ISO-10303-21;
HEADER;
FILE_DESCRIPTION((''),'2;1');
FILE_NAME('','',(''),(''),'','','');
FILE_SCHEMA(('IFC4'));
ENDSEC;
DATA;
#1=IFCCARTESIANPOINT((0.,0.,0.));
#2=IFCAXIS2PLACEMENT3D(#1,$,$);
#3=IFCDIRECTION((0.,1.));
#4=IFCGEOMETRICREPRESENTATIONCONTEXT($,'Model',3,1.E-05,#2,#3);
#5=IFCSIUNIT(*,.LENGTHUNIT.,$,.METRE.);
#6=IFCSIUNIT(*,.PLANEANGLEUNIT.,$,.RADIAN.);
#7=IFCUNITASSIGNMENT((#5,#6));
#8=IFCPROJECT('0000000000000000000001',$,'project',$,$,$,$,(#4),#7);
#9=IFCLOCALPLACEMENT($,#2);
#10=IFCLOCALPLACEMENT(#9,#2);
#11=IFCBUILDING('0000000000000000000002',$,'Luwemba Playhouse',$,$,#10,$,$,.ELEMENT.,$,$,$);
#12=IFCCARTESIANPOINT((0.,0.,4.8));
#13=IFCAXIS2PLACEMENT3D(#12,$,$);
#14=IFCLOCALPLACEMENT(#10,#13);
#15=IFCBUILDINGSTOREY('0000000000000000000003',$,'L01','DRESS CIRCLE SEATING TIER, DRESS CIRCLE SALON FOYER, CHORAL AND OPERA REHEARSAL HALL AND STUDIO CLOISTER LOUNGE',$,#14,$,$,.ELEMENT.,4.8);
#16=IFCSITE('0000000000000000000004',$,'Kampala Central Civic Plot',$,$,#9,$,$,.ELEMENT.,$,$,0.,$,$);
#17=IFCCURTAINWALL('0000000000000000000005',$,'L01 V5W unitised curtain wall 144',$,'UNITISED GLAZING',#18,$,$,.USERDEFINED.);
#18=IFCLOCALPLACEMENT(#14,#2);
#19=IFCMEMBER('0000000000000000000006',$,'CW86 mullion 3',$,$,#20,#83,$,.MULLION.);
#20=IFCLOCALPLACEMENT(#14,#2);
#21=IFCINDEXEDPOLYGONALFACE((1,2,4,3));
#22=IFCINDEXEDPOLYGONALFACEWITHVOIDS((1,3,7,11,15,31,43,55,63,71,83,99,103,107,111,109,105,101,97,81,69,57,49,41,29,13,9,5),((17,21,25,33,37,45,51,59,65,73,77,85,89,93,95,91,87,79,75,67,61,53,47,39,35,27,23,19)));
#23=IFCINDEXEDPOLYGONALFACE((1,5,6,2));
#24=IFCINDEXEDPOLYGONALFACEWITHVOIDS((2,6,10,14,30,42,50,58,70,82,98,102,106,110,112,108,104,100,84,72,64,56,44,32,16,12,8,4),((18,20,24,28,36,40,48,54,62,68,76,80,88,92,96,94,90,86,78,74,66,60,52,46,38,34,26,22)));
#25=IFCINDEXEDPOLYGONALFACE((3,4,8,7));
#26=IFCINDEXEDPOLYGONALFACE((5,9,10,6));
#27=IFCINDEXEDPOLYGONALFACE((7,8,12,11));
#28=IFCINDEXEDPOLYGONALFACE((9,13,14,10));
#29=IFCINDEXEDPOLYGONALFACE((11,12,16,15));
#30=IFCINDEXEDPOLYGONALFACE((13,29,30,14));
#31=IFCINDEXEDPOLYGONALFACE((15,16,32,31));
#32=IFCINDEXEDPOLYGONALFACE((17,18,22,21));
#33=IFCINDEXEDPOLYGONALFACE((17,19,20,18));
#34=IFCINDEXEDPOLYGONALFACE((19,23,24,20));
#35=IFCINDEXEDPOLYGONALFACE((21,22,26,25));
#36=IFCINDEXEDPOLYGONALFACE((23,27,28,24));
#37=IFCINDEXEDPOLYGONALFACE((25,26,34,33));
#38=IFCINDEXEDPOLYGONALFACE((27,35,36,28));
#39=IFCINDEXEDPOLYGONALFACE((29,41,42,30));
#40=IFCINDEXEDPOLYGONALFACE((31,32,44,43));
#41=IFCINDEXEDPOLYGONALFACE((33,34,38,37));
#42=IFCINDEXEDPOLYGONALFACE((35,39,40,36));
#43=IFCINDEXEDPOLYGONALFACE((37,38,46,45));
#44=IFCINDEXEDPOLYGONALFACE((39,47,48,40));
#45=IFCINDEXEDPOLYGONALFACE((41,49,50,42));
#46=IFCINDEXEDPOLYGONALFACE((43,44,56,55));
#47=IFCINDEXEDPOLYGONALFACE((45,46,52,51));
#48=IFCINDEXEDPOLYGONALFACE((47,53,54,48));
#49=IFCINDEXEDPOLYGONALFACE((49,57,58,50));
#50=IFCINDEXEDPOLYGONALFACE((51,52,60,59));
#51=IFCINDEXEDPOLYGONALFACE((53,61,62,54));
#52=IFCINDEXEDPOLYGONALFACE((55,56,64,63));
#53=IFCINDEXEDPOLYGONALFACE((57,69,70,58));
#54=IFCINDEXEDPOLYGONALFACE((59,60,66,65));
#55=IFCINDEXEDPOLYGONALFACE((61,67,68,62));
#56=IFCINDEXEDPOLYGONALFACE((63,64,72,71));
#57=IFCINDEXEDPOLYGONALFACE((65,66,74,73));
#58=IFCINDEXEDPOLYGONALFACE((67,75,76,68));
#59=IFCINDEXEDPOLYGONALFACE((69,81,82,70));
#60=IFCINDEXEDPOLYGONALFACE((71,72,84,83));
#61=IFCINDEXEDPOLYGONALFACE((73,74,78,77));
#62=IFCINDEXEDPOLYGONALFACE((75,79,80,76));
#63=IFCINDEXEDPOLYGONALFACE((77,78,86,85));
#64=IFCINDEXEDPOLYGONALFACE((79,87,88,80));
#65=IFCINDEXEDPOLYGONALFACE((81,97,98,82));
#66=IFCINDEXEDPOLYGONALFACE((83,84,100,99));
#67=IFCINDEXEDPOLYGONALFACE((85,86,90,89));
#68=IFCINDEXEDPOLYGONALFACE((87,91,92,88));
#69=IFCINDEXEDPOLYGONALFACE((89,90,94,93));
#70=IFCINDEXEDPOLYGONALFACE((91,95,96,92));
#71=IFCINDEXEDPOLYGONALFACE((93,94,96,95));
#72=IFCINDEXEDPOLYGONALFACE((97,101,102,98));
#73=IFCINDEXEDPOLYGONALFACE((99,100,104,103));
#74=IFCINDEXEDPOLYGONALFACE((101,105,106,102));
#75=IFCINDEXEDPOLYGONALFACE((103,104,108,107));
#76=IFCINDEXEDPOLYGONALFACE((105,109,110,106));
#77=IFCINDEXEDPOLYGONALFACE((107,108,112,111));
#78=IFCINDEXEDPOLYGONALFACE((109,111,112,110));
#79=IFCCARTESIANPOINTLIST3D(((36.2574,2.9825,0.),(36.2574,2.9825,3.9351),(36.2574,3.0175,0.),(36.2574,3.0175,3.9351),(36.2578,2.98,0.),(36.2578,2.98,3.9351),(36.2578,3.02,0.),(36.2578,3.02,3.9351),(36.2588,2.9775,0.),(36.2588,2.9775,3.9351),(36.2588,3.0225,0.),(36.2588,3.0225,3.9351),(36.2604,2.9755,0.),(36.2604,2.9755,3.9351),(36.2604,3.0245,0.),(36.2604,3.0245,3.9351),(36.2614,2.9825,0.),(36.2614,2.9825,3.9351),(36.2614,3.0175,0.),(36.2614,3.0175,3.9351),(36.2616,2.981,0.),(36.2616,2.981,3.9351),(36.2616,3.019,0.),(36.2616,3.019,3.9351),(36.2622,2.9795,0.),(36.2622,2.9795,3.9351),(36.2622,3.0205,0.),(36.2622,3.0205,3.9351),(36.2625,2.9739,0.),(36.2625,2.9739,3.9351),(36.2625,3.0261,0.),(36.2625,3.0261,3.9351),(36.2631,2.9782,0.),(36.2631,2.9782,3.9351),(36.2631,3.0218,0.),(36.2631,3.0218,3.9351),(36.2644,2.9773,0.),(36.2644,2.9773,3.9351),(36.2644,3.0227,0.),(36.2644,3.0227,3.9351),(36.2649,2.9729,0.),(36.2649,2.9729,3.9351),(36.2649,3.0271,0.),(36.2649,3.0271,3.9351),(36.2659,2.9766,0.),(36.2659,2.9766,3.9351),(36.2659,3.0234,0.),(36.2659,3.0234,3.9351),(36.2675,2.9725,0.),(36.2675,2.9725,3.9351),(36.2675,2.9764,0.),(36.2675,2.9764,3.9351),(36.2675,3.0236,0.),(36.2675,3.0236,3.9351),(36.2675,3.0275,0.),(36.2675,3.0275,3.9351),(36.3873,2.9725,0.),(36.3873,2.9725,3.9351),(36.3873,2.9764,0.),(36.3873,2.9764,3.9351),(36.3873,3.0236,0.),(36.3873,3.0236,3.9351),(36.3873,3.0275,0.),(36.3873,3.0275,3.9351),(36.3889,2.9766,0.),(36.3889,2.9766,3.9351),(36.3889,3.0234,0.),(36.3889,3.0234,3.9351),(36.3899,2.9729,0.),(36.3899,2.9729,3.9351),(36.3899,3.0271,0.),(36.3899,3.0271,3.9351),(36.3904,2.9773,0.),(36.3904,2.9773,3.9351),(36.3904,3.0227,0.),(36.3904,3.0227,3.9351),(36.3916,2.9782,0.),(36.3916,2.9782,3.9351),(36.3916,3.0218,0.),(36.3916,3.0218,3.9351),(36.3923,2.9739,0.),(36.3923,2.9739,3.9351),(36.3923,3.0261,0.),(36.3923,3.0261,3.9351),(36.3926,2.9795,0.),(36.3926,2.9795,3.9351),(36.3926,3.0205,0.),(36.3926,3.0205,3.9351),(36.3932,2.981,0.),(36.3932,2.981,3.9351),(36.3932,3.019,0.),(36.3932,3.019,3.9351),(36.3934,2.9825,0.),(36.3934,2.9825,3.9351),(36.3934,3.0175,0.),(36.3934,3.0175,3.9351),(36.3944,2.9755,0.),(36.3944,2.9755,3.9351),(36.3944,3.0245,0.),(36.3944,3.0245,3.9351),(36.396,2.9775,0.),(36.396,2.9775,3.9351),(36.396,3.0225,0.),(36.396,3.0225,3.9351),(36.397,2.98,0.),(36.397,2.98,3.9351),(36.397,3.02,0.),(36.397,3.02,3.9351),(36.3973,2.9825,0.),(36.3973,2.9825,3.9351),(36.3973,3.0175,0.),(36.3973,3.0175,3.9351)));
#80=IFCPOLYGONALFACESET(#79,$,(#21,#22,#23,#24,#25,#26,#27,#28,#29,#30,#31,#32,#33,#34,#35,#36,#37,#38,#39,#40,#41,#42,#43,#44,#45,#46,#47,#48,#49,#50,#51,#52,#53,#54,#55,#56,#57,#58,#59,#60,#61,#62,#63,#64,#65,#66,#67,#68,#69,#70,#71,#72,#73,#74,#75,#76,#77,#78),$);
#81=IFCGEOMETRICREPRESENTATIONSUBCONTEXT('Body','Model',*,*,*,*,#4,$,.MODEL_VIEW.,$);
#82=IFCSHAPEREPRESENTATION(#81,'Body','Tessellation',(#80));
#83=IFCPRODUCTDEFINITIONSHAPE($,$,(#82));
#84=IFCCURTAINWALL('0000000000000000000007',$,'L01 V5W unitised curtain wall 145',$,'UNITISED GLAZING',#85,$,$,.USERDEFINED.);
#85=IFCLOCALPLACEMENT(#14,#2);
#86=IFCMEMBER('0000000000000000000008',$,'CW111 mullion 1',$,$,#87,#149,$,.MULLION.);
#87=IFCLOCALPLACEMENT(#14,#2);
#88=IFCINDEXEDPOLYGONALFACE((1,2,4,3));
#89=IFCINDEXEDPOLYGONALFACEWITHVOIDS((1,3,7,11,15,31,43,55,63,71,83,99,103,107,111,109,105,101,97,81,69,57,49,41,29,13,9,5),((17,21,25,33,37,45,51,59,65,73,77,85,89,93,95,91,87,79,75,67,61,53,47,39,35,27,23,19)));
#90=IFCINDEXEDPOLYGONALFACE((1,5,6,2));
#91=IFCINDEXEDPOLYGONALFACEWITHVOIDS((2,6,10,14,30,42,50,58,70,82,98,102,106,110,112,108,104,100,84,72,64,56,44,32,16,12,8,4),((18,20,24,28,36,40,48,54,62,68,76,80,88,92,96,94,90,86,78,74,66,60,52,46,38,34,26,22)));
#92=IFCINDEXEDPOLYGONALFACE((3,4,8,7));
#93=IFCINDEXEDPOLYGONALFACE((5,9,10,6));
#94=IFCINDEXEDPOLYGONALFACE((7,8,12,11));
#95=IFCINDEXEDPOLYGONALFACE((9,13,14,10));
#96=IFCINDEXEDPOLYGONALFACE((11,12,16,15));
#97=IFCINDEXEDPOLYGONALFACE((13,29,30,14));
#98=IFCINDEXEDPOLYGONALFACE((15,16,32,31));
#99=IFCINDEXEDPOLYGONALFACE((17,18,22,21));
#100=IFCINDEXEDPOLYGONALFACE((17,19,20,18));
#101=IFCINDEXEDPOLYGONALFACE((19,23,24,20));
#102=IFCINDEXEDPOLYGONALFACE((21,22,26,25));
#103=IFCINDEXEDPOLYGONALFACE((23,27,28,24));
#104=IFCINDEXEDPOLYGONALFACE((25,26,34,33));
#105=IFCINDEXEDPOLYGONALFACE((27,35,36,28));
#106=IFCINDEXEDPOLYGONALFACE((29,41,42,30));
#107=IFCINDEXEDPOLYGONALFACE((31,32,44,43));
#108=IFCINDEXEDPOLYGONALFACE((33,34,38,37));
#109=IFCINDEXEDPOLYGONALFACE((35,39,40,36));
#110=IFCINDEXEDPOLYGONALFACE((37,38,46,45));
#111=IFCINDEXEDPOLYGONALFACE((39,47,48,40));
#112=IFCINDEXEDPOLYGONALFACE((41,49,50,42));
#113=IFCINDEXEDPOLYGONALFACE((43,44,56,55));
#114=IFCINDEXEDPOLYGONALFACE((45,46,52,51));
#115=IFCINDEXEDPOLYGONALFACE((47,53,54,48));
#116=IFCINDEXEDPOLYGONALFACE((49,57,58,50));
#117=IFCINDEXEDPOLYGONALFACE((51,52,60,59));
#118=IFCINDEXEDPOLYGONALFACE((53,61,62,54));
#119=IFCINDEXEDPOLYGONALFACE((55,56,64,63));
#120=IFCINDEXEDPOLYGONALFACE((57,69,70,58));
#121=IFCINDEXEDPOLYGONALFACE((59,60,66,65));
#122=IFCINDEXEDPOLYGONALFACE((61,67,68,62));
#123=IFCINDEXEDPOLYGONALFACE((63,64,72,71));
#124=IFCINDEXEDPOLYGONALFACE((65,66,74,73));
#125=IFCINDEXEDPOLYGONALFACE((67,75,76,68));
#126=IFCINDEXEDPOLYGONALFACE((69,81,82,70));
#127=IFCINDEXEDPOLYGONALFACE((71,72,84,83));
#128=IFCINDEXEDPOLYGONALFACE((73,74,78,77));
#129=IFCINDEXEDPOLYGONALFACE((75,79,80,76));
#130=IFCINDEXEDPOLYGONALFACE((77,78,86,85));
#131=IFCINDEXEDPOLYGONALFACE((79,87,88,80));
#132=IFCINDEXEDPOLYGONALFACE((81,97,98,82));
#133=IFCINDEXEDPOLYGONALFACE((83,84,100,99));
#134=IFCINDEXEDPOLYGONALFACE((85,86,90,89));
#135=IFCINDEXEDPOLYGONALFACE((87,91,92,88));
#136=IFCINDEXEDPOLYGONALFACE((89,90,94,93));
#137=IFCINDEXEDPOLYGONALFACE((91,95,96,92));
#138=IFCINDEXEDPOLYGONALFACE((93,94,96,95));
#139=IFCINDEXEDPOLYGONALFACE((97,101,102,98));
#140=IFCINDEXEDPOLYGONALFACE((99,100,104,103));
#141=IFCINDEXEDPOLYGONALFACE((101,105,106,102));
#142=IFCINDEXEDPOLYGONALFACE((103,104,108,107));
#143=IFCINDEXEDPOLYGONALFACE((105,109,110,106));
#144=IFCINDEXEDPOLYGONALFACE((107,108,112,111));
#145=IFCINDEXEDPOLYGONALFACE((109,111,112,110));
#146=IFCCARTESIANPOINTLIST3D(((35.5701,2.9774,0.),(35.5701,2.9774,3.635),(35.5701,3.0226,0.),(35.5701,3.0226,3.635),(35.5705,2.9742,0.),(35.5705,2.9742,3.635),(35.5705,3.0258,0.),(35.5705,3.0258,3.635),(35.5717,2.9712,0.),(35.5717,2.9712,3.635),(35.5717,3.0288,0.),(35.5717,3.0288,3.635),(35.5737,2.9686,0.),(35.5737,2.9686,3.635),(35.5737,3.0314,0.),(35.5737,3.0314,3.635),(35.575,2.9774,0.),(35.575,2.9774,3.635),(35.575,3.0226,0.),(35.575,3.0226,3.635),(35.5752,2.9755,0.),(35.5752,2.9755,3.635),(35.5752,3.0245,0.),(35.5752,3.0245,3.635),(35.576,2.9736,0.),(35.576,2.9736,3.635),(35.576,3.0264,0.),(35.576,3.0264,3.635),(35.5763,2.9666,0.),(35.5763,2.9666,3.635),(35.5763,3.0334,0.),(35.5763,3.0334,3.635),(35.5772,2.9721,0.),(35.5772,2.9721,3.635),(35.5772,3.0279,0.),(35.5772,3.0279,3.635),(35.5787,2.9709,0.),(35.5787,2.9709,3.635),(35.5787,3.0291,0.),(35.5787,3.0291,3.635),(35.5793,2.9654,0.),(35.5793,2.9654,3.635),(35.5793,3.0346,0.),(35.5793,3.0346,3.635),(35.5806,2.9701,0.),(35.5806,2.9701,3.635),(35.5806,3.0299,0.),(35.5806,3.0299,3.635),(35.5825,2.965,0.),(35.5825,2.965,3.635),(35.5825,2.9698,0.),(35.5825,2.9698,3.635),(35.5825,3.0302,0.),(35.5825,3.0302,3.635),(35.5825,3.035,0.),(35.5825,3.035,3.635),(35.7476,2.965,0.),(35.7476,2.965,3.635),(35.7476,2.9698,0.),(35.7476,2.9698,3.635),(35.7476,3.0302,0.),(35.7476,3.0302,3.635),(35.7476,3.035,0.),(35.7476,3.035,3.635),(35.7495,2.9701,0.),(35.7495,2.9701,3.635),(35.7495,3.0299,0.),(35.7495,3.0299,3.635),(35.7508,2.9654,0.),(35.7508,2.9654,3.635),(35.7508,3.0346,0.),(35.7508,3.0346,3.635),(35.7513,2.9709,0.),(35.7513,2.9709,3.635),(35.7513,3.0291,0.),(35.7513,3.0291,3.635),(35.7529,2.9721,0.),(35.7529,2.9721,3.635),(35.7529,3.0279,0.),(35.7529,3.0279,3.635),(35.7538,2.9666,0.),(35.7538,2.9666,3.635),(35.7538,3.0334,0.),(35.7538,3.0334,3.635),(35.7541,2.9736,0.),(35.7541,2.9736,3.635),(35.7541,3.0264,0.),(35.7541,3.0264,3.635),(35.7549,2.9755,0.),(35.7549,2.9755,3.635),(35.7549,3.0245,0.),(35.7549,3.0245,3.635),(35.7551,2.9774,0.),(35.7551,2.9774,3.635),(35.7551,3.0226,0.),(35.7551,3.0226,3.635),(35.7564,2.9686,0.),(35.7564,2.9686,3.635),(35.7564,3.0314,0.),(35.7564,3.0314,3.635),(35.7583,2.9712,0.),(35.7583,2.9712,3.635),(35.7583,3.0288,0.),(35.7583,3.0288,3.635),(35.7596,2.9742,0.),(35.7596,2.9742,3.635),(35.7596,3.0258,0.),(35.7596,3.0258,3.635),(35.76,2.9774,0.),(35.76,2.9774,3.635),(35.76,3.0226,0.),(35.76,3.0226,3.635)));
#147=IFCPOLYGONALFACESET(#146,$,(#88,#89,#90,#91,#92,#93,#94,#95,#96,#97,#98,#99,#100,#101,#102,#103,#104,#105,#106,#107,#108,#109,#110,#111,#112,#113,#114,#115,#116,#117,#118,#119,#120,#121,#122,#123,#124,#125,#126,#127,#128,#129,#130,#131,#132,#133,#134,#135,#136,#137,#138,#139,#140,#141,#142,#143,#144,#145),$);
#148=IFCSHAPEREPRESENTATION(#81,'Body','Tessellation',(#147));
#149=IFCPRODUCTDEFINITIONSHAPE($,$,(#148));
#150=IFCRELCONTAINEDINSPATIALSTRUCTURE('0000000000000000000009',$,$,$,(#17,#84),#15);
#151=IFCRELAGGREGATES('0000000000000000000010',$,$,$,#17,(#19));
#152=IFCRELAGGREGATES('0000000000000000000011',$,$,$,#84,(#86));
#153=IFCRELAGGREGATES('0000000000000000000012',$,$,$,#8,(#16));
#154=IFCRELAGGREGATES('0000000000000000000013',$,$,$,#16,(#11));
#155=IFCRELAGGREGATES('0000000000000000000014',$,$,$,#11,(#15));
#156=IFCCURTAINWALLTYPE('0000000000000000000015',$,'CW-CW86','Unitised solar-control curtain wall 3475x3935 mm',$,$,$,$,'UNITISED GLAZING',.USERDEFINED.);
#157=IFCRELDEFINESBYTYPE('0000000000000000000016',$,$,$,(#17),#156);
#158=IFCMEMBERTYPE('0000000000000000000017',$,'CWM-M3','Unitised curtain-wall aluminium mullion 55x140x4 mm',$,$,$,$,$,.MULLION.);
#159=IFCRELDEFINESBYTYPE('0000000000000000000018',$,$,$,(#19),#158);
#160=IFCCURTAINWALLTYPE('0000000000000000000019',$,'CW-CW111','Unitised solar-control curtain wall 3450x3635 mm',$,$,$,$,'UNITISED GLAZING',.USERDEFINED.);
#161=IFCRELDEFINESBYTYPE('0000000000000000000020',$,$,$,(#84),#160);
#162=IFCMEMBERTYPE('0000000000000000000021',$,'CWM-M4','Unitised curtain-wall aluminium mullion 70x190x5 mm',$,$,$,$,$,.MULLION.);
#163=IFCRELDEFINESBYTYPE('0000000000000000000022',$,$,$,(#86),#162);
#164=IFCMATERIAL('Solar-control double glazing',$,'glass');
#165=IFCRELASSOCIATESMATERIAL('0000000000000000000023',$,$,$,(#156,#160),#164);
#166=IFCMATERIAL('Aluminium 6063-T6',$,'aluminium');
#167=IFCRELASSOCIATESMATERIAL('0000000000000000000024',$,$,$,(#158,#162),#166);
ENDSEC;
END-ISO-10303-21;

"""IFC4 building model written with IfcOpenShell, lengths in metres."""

from ifc_helpers import new_model, si_unit, direction, frame, origin, origin_2d, place, context, subcontext, project, spatial, hollow_rectangle, extrude, material, material_profile, profile_set, type_object, element, aggregate, save


model = new_model("IFC4")

# Units and contexts
model_context = context("Model", 3, precision=1e-05, world=origin(), true_north=direction((0.0, 1.0)))
body_context = subcontext(model_context, "Body", "Model", "MODEL_VIEW")
ifc_project = project(units=[si_unit("LENGTHUNIT", "METRE"), si_unit("PLANEANGLEUNIT", "RADIAN")], contexts=[model_context])

# Site, building, storey
site_placement = place(None, origin())
site = spatial("IfcSite", under=ifc_project, at=site_placement, Name="Kampala Central Civic Plot", CompositionType="ELEMENT", RefElevation=0.0)
building_placement = place(site_placement, origin())
building = spatial("IfcBuilding", under=site, at=building_placement, Name="Luwemba Playhouse", CompositionType="ELEMENT")
storey_placement = place(building_placement, frame((0.0, 0.0, 4.8)))
storey = spatial("IfcBuildingStorey", under=building, at=storey_placement, Name="L01", Description="DRESS CIRCLE SEATING TIER, DRESS CIRCLE SALON FOYER, CHORAL AND OPERA REHEARSAL HALL AND STUDIO CLOISTER LOUNGE", CompositionType="ELEMENT", Elevation=4.8)

# Curtain wall, member
ifc_material_1 = material(Name="Solar-control double glazing", Category="glass")
curtain_wall_type_1 = type_object("IfcCurtainWallType", Name="CW-CW86", Description="Unitised solar-control curtain wall 3475x3935 mm", ElementType="UNITISED GLAZING", PredefinedType="USERDEFINED", material=ifc_material_1)
curtain_wall_1_placement = place(storey_placement, origin())
curtain_wall_1 = element("IfcCurtainWall", 1, at=curtain_wall_1_placement, inside=storey, type_object=curtain_wall_type_1, Name="L01 V5W unitised curtain wall 144", ObjectType="UNITISED GLAZING", PredefinedType="USERDEFINED")
ifc_material_2 = material(Name="Aluminium 6063-T6", Category="aluminium")
ifc_material_profile_1 = material_profile(ifc_material_2, hollow_rectangle(XDim=0.0549, YDim=0.1399, WallThickness=0.0039, InnerFilletRadius=0.0061, OuterFilletRadius=0.01, at=origin_2d()))
ifc_profile_set_1 = profile_set([ifc_material_profile_1], Name="Aluminium 6063-T6")
member_type_1 = type_object("IfcMemberType", Name="CWM-M3", Description="Unitised curtain-wall aluminium mullion 55x140x4 mm", PredefinedType="MULLION", material=ifc_profile_set_1)
member_1_placement = place(storey_placement, frame((36.3274, 3.0, 0.0), z_axis=(0.0, 0.0, 1.0), x_axis=(0.0, -1.0, 0.0)))
member_1 = element("IfcMember", 2, at=member_1_placement, type_object=member_type_1, Name="CW86 mullion 3", PredefinedType="MULLION", context=body_context, shape_type="SweptSolid", body=[
    extrude(hollow_rectangle(XDim=0.0549, YDim=0.1399, WallThickness=0.0039, InnerFilletRadius=0.0061, OuterFilletRadius=0.01, at=origin_2d()), origin(), (0.0, 0.0, 1.0), 3.9351),
])

# Curtain wall, member
curtain_wall_type_2 = type_object("IfcCurtainWallType", Name="CW-CW111", Description="Unitised solar-control curtain wall 3450x3635 mm", ElementType="UNITISED GLAZING", PredefinedType="USERDEFINED", material=ifc_material_1)
curtain_wall_2_placement = place(storey_placement, origin())
curtain_wall_2 = element("IfcCurtainWall", 3, at=curtain_wall_2_placement, inside=storey, type_object=curtain_wall_type_2, Name="L01 V5W unitised curtain wall 145", ObjectType="UNITISED GLAZING", PredefinedType="USERDEFINED")
ifc_material_profile_2 = material_profile(ifc_material_2, hollow_rectangle(XDim=0.0701, YDim=0.1899, WallThickness=0.0049, InnerFilletRadius=0.0076, OuterFilletRadius=0.0125, at=origin_2d()))
ifc_profile_set_2 = profile_set([ifc_material_profile_2], Name="Aluminium 6063-T6")
member_type_2 = type_object("IfcMemberType", Name="CWM-M4", Description="Unitised curtain-wall aluminium mullion 70x190x5 mm", PredefinedType="MULLION", material=ifc_profile_set_2)
member_2_placement = place(storey_placement, frame((35.665, 3.0, 0.0), z_axis=(0.0, 0.0, 1.0), x_axis=(0.0, -1.0, 0.0)))
member_2 = element("IfcMember", 4, at=member_2_placement, type_object=member_type_2, Name="CW111 mullion 1", PredefinedType="MULLION", context=body_context, shape_type="SweptSolid", body=[
    extrude(hollow_rectangle(XDim=0.0701, YDim=0.1899, WallThickness=0.0049, InnerFilletRadius=0.0076, OuterFilletRadius=0.0125, at=origin_2d()), origin(), (0.0, 0.0, 1.0), 3.635),
])

aggregate(curtain_wall_1, [member_1])
aggregate(curtain_wall_2, [member_2])

save(model, "model.ifc")
